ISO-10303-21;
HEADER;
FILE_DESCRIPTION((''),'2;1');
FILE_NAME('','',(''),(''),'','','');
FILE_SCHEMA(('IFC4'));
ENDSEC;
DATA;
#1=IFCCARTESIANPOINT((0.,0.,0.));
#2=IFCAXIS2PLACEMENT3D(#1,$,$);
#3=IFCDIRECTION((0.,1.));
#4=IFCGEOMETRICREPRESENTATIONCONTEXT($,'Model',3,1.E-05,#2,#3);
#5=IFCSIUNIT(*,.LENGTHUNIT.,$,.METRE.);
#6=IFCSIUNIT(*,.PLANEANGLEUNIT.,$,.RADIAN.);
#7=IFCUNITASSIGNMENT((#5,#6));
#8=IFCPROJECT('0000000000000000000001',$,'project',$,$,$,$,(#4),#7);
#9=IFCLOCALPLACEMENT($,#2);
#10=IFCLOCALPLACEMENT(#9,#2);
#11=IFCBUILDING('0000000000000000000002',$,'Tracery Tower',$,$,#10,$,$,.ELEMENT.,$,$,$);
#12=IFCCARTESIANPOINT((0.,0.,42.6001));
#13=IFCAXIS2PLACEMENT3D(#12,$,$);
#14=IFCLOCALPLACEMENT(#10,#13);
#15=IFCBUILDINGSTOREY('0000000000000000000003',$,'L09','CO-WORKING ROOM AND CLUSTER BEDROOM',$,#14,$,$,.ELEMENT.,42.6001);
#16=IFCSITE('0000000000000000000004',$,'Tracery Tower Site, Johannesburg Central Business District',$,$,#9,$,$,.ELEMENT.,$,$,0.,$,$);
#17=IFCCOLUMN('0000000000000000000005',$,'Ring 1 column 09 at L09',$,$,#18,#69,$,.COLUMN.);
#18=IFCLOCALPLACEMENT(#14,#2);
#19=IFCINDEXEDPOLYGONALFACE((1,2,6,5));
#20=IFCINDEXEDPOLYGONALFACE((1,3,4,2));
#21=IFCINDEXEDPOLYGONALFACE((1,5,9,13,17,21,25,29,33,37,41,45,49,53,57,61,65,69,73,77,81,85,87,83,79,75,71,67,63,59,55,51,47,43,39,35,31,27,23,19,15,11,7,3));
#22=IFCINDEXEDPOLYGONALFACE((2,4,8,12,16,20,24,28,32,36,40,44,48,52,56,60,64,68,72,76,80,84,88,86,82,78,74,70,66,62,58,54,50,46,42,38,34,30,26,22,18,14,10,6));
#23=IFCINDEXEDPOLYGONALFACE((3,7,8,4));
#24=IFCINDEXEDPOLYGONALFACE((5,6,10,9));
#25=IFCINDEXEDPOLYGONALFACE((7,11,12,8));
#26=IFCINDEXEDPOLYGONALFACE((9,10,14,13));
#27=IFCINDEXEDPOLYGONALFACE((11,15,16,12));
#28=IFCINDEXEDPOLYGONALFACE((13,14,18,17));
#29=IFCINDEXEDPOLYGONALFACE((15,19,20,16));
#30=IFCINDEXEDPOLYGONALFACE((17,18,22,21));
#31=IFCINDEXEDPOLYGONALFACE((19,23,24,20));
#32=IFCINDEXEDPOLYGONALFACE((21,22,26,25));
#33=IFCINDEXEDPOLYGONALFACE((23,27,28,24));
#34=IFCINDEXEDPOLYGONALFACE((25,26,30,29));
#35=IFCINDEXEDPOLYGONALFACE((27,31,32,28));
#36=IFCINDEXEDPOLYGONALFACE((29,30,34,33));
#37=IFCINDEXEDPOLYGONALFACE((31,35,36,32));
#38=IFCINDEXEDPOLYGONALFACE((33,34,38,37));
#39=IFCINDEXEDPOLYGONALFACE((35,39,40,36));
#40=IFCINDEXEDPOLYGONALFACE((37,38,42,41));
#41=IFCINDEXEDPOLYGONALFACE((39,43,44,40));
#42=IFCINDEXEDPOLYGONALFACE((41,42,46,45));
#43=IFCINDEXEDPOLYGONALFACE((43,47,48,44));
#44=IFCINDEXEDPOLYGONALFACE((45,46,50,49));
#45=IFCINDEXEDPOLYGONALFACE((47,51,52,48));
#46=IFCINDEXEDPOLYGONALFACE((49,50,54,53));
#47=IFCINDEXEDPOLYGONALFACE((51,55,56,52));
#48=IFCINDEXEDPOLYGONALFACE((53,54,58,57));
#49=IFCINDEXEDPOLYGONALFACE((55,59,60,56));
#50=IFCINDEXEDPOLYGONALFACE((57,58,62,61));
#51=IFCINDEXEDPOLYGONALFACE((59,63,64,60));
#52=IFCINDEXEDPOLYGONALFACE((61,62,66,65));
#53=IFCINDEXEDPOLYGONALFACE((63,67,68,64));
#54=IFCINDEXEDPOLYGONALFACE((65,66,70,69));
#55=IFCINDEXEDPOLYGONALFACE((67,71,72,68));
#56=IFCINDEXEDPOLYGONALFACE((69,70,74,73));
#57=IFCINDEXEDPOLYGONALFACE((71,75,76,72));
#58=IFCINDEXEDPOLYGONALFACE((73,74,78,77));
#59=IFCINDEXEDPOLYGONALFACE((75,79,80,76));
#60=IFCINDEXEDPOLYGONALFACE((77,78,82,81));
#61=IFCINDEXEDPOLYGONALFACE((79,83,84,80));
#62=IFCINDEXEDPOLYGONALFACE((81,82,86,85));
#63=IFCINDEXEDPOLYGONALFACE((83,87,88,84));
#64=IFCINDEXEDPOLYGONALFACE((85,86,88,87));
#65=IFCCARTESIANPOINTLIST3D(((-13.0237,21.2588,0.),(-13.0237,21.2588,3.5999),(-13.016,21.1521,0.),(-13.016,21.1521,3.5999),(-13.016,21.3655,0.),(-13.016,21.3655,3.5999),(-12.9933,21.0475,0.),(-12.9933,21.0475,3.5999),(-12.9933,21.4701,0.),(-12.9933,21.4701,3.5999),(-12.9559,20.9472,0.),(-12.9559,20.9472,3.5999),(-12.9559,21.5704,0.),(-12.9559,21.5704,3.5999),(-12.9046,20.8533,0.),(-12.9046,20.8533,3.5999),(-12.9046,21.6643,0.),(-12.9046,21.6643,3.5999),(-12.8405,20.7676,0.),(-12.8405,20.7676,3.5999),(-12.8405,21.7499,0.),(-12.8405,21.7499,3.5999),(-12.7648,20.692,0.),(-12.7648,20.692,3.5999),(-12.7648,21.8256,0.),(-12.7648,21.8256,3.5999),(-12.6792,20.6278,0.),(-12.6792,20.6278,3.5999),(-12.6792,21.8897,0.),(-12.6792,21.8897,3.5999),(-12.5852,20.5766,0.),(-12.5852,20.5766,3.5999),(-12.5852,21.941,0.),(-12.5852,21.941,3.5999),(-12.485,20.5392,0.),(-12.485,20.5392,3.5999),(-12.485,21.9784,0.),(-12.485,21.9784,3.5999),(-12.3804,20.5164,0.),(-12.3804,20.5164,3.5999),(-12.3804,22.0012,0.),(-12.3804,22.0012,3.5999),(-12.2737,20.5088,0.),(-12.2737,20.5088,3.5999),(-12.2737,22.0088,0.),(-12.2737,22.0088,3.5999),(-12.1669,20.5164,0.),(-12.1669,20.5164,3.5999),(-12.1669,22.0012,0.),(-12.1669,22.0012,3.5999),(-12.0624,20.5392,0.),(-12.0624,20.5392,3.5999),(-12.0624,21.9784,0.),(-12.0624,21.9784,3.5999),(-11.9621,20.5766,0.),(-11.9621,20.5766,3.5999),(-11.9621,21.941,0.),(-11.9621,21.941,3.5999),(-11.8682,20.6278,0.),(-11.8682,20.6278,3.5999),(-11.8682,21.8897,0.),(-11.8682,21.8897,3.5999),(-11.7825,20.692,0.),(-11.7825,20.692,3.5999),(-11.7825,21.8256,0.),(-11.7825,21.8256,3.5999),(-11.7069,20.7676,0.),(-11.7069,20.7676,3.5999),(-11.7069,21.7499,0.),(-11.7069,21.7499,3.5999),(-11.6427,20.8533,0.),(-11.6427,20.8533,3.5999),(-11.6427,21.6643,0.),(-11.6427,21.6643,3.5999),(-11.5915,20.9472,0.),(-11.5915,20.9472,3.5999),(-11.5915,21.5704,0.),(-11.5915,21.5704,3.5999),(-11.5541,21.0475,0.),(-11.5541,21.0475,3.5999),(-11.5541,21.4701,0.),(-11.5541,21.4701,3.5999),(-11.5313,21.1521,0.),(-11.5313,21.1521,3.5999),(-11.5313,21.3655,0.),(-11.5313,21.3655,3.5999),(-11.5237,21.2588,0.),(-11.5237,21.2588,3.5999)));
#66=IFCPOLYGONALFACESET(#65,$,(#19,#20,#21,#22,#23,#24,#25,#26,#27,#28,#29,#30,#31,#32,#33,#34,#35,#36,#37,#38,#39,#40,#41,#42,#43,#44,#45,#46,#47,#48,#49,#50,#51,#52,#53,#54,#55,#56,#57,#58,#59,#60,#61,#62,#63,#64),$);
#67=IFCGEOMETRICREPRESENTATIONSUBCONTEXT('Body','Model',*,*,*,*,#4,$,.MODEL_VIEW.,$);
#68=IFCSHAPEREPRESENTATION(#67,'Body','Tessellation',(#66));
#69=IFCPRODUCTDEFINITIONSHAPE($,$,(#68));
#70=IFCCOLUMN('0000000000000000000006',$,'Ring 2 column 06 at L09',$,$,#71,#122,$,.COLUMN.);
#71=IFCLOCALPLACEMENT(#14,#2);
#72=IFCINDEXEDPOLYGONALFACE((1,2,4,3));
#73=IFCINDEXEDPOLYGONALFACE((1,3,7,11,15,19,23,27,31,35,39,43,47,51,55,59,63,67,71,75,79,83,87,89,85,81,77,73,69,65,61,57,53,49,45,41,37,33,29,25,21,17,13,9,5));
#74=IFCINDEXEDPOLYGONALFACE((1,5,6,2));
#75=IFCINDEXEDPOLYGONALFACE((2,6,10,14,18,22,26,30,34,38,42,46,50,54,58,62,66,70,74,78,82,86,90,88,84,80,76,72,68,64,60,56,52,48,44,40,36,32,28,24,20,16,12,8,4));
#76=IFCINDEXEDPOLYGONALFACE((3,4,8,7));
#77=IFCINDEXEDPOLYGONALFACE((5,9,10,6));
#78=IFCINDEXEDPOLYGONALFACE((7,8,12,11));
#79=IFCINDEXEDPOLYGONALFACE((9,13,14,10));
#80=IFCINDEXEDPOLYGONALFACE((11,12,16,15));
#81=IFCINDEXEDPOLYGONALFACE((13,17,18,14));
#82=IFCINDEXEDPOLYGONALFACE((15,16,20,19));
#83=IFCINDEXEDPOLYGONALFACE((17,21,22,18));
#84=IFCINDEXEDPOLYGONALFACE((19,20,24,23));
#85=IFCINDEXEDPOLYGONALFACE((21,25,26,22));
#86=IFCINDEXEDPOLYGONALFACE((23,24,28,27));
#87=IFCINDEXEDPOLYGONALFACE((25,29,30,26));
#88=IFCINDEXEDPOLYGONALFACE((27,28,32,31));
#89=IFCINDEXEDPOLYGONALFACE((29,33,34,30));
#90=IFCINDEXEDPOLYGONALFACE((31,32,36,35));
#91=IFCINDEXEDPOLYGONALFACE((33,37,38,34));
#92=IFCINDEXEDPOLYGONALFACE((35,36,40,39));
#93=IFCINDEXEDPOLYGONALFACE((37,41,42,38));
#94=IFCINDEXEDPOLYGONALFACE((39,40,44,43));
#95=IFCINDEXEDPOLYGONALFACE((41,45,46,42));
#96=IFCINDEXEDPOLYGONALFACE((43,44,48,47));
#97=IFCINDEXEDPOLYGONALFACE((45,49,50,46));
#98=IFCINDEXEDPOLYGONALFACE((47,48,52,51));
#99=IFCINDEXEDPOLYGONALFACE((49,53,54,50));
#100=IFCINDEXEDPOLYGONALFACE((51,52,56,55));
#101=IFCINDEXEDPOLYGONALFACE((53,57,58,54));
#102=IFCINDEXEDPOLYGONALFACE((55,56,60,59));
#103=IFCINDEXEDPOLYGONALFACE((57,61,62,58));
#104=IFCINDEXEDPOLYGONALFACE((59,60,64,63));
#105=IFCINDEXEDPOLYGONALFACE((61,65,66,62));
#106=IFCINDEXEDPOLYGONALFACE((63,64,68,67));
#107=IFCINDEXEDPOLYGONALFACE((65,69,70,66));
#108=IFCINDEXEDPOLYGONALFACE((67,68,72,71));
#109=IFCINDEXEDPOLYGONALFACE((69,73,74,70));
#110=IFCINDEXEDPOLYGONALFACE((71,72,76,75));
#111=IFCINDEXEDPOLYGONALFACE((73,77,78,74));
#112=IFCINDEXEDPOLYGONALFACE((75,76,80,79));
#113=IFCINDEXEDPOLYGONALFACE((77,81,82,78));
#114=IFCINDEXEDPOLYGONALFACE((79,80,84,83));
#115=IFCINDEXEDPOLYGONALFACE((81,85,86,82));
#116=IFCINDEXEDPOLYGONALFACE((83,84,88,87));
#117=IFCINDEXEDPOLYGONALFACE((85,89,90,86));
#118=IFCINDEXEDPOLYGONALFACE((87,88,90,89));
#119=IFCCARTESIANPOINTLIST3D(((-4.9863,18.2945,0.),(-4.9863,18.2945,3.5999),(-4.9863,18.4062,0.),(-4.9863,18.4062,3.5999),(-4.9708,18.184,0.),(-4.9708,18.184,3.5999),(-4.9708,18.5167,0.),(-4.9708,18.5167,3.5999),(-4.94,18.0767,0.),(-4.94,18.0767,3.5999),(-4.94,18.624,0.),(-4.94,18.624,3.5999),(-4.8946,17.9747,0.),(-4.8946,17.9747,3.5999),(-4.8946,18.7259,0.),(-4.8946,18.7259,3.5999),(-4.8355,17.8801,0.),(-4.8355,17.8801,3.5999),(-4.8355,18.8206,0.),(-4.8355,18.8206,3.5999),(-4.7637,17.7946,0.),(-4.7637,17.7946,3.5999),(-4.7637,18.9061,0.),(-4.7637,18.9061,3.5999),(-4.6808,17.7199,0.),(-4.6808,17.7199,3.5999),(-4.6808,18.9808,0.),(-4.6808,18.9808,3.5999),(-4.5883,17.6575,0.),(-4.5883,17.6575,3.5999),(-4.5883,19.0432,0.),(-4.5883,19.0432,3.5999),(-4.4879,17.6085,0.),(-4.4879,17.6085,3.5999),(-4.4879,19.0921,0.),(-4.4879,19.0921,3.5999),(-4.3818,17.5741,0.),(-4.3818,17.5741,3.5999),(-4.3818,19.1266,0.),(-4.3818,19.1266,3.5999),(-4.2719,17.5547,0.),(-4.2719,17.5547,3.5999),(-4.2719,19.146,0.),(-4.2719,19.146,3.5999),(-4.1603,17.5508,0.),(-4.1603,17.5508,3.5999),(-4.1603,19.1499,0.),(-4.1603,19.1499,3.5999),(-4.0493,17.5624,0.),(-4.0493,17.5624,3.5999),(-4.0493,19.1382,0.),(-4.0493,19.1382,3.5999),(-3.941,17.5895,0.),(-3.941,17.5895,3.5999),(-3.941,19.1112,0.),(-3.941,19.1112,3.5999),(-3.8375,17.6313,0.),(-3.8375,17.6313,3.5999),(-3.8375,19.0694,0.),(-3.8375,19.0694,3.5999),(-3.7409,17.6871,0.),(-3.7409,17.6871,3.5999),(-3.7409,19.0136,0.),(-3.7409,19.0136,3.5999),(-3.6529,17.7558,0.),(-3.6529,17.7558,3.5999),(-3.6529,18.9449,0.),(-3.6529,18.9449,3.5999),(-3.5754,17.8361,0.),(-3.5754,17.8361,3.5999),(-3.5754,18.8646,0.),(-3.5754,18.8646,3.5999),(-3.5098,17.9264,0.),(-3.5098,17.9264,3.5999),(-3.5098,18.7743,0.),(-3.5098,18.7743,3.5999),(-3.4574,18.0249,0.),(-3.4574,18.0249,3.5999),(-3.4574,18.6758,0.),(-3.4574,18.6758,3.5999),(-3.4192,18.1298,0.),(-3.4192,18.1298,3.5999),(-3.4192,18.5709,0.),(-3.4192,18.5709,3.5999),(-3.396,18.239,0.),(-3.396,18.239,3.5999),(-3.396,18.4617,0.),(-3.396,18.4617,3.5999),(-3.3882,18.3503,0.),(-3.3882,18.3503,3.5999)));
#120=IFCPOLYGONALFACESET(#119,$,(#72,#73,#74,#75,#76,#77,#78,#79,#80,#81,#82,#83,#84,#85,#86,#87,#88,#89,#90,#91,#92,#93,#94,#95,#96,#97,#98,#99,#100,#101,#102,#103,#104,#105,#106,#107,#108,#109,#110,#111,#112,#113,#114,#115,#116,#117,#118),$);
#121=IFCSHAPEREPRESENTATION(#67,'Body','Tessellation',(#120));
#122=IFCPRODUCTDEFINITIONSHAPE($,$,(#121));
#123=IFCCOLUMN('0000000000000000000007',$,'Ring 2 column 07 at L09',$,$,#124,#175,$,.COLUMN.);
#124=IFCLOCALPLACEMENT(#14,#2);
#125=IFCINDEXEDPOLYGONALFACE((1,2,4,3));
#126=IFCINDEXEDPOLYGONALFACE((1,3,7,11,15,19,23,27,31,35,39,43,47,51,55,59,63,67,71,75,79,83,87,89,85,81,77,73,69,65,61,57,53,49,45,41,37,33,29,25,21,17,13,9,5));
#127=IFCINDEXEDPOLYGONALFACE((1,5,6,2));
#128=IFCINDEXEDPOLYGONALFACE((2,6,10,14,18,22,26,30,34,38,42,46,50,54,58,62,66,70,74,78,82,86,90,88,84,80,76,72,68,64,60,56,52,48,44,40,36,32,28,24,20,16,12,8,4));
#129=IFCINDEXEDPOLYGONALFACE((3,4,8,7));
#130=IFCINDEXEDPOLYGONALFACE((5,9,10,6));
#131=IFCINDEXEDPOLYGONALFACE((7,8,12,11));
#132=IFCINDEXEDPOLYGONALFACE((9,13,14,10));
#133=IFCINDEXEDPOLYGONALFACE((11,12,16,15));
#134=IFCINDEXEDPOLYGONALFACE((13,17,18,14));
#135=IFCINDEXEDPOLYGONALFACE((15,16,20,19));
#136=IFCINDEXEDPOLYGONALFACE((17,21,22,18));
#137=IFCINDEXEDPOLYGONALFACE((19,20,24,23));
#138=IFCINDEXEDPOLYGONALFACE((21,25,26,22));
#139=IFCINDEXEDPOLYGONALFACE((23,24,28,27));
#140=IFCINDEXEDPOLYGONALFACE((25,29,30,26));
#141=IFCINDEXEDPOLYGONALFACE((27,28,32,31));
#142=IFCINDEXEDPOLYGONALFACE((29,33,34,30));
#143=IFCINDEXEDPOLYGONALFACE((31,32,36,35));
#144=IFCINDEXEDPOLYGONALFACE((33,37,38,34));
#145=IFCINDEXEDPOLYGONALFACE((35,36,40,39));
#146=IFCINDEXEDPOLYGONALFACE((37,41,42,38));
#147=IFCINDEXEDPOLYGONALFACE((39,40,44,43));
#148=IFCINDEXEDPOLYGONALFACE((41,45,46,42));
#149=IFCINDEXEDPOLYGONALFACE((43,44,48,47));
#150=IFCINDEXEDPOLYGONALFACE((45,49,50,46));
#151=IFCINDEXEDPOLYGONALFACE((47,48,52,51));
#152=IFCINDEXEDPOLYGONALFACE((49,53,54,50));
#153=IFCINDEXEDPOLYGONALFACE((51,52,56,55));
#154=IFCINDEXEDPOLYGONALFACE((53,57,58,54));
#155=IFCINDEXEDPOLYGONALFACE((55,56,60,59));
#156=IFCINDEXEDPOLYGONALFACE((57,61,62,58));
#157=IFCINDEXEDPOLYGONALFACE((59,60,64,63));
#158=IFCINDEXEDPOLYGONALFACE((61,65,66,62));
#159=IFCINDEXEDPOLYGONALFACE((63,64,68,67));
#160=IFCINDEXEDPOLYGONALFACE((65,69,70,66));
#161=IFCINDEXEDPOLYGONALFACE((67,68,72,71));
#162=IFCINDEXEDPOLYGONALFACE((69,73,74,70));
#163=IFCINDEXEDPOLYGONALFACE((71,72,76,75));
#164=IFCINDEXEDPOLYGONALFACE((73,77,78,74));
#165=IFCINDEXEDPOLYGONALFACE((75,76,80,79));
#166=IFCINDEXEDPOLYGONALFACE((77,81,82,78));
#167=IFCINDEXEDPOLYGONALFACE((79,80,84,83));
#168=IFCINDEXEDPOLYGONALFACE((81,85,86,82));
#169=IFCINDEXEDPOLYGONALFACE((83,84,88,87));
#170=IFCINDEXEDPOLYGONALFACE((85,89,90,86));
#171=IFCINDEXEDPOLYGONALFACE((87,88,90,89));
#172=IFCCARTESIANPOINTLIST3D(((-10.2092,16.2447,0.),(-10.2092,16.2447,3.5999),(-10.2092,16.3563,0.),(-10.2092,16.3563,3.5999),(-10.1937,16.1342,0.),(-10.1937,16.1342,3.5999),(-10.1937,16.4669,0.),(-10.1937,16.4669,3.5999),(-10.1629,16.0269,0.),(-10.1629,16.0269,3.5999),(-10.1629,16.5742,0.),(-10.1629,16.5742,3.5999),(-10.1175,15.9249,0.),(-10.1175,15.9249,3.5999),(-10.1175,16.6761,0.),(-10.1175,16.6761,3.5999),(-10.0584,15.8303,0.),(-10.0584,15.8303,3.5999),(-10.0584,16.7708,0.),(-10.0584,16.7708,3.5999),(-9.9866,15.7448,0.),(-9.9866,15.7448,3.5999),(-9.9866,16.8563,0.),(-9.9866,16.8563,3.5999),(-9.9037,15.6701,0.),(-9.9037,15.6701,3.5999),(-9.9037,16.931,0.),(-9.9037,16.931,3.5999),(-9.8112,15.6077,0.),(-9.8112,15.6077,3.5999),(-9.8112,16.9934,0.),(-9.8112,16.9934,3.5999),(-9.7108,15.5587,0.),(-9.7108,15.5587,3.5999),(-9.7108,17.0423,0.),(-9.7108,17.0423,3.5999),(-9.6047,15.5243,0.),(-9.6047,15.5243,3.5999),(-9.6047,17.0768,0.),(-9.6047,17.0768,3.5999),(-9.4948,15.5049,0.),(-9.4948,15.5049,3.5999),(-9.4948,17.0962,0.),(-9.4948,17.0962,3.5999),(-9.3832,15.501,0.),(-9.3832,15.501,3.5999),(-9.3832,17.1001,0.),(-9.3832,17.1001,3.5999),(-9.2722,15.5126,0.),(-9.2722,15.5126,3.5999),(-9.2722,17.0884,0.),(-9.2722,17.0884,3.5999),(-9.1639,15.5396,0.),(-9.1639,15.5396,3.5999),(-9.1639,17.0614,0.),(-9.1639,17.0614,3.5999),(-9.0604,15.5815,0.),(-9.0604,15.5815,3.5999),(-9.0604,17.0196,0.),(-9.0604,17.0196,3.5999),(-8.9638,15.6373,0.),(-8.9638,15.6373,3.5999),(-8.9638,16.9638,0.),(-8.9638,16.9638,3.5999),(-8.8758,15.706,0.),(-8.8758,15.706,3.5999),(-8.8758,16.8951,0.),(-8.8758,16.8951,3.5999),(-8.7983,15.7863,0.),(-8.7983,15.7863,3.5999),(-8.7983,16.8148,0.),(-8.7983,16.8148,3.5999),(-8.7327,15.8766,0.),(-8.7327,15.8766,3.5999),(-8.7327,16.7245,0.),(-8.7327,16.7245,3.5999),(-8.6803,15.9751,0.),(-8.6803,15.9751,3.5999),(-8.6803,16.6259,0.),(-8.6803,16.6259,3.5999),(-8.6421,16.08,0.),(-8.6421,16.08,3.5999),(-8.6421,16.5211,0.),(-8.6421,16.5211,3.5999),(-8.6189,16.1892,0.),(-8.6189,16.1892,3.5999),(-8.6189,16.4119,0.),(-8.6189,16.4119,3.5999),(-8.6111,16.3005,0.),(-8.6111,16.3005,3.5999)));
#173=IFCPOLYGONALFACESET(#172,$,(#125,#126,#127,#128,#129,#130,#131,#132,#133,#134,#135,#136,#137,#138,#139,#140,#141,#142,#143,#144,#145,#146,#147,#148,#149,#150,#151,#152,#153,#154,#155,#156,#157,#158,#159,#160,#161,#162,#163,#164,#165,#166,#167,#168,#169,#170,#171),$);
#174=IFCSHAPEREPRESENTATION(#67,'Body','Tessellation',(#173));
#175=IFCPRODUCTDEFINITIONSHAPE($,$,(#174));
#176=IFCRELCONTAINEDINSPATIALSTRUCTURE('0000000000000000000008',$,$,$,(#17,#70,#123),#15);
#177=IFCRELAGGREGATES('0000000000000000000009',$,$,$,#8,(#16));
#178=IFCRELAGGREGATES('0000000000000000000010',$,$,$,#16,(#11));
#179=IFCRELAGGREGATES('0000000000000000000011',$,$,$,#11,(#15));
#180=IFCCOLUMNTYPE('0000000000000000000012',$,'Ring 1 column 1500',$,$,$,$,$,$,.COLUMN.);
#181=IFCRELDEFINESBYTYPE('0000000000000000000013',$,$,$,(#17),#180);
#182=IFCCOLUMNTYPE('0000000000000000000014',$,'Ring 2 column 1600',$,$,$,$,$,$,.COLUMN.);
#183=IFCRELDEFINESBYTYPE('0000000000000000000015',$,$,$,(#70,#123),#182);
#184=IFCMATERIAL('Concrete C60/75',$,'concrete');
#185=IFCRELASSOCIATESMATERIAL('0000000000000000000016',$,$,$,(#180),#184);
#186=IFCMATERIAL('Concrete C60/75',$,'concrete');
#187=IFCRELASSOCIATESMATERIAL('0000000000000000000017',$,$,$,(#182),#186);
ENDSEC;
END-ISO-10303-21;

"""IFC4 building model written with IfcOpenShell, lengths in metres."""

from ifc_helpers import new_model, si_unit, direction, frame, origin, origin_2d, place, context, subcontext, project, spatial, circle, extrude, material, material_profile, profile_set, type_object, element, save


model = new_model("IFC4")

# Units and contexts
model_context = context("Model", 3, precision=1e-05, world=origin(), true_north=direction((0.0, 1.0)))
body_context = subcontext(model_context, "Body", "Model", "MODEL_VIEW")
ifc_project = project(units=[si_unit("LENGTHUNIT", "METRE"), si_unit("PLANEANGLEUNIT", "RADIAN")], contexts=[model_context])

# Site, building, storey
site_placement = place(None, origin())
site = spatial("IfcSite", under=ifc_project, at=site_placement, Name="Tracery Tower Site, Johannesburg Central Business District", CompositionType="ELEMENT", RefElevation=0.0)
building_placement = place(site_placement, origin())
building = spatial("IfcBuilding", under=site, at=building_placement, Name="Tracery Tower", CompositionType="ELEMENT")
storey_placement = place(building_placement, frame((0.0, 0.0, 42.6001)))
storey = spatial("IfcBuildingStorey", under=building, at=storey_placement, Name="L09", Description="CO-WORKING ROOM AND CLUSTER BEDROOM", CompositionType="ELEMENT", Elevation=42.6001)

# Columns
ifc_material_1 = material(Name="Concrete C60/75", Category="concrete")
ifc_material_profile_1 = material_profile(ifc_material_1, circle(Radius=0.75, at=origin_2d()), Name="RC D1500")
ifc_profile_set_1 = profile_set([ifc_material_profile_1], Name="Concrete C60/75")
column_type_1 = type_object("IfcColumnType", Name="Ring 1 column 1500", PredefinedType="COLUMN", material=ifc_profile_set_1)
column_placement = place(storey_placement, frame((-12.2737, 21.2588, 0.0), z_axis=(0.0, 0.0, 1.0), x_axis=(1.0, 0.0, 0.0)))
element("IfcColumn", 1, at=column_placement, inside=storey, type_object=column_type_1, Name="Ring 1 column 09 at L09", PredefinedType="COLUMN", context=body_context, shape_type="SweptSolid", body=[
    extrude(circle(Radius=0.75, at=origin_2d()), origin(), (0.0, 0.0, 1.0), 3.5999),
])
ifc_material_2 = material(Name="Concrete C60/75", Category="concrete")
ifc_material_profile_2 = material_profile(ifc_material_2, circle(Radius=0.8, at=origin_2d()), Name="RC D1600")
ifc_profile_set_2 = profile_set([ifc_material_profile_2], Name="Concrete C60/75")
column_type_2 = type_object("IfcColumnType", Name="Ring 2 column 1600", PredefinedType="COLUMN", material=ifc_profile_set_2)
for number, where, z_axis, x_axis, name in (
    (2, (-4.1882, 18.3503, 0.0), (0.0, 0.0, 1.0), (1.0, 0.0, 0.0), "Ring 2 column 06 at L09"),
    (3, (-9.4111, 16.3005, 0.0), (0.0, 0.0, 1.0), (1.0, 0.0, 0.0), "Ring 2 column 07 at L09"),
):
    element("IfcColumn", number, at=place(storey_placement, frame(where, z_axis=z_axis, x_axis=x_axis)), inside=storey, type_object=column_type_2, Name=name, PredefinedType="COLUMN", context=body_context, shape_type="SweptSolid", body=[
        extrude(circle(Radius=0.8, at=origin_2d()), origin(), (0.0, 0.0, 1.0), 3.5999),
    ])

save(model, "model.ifc")
